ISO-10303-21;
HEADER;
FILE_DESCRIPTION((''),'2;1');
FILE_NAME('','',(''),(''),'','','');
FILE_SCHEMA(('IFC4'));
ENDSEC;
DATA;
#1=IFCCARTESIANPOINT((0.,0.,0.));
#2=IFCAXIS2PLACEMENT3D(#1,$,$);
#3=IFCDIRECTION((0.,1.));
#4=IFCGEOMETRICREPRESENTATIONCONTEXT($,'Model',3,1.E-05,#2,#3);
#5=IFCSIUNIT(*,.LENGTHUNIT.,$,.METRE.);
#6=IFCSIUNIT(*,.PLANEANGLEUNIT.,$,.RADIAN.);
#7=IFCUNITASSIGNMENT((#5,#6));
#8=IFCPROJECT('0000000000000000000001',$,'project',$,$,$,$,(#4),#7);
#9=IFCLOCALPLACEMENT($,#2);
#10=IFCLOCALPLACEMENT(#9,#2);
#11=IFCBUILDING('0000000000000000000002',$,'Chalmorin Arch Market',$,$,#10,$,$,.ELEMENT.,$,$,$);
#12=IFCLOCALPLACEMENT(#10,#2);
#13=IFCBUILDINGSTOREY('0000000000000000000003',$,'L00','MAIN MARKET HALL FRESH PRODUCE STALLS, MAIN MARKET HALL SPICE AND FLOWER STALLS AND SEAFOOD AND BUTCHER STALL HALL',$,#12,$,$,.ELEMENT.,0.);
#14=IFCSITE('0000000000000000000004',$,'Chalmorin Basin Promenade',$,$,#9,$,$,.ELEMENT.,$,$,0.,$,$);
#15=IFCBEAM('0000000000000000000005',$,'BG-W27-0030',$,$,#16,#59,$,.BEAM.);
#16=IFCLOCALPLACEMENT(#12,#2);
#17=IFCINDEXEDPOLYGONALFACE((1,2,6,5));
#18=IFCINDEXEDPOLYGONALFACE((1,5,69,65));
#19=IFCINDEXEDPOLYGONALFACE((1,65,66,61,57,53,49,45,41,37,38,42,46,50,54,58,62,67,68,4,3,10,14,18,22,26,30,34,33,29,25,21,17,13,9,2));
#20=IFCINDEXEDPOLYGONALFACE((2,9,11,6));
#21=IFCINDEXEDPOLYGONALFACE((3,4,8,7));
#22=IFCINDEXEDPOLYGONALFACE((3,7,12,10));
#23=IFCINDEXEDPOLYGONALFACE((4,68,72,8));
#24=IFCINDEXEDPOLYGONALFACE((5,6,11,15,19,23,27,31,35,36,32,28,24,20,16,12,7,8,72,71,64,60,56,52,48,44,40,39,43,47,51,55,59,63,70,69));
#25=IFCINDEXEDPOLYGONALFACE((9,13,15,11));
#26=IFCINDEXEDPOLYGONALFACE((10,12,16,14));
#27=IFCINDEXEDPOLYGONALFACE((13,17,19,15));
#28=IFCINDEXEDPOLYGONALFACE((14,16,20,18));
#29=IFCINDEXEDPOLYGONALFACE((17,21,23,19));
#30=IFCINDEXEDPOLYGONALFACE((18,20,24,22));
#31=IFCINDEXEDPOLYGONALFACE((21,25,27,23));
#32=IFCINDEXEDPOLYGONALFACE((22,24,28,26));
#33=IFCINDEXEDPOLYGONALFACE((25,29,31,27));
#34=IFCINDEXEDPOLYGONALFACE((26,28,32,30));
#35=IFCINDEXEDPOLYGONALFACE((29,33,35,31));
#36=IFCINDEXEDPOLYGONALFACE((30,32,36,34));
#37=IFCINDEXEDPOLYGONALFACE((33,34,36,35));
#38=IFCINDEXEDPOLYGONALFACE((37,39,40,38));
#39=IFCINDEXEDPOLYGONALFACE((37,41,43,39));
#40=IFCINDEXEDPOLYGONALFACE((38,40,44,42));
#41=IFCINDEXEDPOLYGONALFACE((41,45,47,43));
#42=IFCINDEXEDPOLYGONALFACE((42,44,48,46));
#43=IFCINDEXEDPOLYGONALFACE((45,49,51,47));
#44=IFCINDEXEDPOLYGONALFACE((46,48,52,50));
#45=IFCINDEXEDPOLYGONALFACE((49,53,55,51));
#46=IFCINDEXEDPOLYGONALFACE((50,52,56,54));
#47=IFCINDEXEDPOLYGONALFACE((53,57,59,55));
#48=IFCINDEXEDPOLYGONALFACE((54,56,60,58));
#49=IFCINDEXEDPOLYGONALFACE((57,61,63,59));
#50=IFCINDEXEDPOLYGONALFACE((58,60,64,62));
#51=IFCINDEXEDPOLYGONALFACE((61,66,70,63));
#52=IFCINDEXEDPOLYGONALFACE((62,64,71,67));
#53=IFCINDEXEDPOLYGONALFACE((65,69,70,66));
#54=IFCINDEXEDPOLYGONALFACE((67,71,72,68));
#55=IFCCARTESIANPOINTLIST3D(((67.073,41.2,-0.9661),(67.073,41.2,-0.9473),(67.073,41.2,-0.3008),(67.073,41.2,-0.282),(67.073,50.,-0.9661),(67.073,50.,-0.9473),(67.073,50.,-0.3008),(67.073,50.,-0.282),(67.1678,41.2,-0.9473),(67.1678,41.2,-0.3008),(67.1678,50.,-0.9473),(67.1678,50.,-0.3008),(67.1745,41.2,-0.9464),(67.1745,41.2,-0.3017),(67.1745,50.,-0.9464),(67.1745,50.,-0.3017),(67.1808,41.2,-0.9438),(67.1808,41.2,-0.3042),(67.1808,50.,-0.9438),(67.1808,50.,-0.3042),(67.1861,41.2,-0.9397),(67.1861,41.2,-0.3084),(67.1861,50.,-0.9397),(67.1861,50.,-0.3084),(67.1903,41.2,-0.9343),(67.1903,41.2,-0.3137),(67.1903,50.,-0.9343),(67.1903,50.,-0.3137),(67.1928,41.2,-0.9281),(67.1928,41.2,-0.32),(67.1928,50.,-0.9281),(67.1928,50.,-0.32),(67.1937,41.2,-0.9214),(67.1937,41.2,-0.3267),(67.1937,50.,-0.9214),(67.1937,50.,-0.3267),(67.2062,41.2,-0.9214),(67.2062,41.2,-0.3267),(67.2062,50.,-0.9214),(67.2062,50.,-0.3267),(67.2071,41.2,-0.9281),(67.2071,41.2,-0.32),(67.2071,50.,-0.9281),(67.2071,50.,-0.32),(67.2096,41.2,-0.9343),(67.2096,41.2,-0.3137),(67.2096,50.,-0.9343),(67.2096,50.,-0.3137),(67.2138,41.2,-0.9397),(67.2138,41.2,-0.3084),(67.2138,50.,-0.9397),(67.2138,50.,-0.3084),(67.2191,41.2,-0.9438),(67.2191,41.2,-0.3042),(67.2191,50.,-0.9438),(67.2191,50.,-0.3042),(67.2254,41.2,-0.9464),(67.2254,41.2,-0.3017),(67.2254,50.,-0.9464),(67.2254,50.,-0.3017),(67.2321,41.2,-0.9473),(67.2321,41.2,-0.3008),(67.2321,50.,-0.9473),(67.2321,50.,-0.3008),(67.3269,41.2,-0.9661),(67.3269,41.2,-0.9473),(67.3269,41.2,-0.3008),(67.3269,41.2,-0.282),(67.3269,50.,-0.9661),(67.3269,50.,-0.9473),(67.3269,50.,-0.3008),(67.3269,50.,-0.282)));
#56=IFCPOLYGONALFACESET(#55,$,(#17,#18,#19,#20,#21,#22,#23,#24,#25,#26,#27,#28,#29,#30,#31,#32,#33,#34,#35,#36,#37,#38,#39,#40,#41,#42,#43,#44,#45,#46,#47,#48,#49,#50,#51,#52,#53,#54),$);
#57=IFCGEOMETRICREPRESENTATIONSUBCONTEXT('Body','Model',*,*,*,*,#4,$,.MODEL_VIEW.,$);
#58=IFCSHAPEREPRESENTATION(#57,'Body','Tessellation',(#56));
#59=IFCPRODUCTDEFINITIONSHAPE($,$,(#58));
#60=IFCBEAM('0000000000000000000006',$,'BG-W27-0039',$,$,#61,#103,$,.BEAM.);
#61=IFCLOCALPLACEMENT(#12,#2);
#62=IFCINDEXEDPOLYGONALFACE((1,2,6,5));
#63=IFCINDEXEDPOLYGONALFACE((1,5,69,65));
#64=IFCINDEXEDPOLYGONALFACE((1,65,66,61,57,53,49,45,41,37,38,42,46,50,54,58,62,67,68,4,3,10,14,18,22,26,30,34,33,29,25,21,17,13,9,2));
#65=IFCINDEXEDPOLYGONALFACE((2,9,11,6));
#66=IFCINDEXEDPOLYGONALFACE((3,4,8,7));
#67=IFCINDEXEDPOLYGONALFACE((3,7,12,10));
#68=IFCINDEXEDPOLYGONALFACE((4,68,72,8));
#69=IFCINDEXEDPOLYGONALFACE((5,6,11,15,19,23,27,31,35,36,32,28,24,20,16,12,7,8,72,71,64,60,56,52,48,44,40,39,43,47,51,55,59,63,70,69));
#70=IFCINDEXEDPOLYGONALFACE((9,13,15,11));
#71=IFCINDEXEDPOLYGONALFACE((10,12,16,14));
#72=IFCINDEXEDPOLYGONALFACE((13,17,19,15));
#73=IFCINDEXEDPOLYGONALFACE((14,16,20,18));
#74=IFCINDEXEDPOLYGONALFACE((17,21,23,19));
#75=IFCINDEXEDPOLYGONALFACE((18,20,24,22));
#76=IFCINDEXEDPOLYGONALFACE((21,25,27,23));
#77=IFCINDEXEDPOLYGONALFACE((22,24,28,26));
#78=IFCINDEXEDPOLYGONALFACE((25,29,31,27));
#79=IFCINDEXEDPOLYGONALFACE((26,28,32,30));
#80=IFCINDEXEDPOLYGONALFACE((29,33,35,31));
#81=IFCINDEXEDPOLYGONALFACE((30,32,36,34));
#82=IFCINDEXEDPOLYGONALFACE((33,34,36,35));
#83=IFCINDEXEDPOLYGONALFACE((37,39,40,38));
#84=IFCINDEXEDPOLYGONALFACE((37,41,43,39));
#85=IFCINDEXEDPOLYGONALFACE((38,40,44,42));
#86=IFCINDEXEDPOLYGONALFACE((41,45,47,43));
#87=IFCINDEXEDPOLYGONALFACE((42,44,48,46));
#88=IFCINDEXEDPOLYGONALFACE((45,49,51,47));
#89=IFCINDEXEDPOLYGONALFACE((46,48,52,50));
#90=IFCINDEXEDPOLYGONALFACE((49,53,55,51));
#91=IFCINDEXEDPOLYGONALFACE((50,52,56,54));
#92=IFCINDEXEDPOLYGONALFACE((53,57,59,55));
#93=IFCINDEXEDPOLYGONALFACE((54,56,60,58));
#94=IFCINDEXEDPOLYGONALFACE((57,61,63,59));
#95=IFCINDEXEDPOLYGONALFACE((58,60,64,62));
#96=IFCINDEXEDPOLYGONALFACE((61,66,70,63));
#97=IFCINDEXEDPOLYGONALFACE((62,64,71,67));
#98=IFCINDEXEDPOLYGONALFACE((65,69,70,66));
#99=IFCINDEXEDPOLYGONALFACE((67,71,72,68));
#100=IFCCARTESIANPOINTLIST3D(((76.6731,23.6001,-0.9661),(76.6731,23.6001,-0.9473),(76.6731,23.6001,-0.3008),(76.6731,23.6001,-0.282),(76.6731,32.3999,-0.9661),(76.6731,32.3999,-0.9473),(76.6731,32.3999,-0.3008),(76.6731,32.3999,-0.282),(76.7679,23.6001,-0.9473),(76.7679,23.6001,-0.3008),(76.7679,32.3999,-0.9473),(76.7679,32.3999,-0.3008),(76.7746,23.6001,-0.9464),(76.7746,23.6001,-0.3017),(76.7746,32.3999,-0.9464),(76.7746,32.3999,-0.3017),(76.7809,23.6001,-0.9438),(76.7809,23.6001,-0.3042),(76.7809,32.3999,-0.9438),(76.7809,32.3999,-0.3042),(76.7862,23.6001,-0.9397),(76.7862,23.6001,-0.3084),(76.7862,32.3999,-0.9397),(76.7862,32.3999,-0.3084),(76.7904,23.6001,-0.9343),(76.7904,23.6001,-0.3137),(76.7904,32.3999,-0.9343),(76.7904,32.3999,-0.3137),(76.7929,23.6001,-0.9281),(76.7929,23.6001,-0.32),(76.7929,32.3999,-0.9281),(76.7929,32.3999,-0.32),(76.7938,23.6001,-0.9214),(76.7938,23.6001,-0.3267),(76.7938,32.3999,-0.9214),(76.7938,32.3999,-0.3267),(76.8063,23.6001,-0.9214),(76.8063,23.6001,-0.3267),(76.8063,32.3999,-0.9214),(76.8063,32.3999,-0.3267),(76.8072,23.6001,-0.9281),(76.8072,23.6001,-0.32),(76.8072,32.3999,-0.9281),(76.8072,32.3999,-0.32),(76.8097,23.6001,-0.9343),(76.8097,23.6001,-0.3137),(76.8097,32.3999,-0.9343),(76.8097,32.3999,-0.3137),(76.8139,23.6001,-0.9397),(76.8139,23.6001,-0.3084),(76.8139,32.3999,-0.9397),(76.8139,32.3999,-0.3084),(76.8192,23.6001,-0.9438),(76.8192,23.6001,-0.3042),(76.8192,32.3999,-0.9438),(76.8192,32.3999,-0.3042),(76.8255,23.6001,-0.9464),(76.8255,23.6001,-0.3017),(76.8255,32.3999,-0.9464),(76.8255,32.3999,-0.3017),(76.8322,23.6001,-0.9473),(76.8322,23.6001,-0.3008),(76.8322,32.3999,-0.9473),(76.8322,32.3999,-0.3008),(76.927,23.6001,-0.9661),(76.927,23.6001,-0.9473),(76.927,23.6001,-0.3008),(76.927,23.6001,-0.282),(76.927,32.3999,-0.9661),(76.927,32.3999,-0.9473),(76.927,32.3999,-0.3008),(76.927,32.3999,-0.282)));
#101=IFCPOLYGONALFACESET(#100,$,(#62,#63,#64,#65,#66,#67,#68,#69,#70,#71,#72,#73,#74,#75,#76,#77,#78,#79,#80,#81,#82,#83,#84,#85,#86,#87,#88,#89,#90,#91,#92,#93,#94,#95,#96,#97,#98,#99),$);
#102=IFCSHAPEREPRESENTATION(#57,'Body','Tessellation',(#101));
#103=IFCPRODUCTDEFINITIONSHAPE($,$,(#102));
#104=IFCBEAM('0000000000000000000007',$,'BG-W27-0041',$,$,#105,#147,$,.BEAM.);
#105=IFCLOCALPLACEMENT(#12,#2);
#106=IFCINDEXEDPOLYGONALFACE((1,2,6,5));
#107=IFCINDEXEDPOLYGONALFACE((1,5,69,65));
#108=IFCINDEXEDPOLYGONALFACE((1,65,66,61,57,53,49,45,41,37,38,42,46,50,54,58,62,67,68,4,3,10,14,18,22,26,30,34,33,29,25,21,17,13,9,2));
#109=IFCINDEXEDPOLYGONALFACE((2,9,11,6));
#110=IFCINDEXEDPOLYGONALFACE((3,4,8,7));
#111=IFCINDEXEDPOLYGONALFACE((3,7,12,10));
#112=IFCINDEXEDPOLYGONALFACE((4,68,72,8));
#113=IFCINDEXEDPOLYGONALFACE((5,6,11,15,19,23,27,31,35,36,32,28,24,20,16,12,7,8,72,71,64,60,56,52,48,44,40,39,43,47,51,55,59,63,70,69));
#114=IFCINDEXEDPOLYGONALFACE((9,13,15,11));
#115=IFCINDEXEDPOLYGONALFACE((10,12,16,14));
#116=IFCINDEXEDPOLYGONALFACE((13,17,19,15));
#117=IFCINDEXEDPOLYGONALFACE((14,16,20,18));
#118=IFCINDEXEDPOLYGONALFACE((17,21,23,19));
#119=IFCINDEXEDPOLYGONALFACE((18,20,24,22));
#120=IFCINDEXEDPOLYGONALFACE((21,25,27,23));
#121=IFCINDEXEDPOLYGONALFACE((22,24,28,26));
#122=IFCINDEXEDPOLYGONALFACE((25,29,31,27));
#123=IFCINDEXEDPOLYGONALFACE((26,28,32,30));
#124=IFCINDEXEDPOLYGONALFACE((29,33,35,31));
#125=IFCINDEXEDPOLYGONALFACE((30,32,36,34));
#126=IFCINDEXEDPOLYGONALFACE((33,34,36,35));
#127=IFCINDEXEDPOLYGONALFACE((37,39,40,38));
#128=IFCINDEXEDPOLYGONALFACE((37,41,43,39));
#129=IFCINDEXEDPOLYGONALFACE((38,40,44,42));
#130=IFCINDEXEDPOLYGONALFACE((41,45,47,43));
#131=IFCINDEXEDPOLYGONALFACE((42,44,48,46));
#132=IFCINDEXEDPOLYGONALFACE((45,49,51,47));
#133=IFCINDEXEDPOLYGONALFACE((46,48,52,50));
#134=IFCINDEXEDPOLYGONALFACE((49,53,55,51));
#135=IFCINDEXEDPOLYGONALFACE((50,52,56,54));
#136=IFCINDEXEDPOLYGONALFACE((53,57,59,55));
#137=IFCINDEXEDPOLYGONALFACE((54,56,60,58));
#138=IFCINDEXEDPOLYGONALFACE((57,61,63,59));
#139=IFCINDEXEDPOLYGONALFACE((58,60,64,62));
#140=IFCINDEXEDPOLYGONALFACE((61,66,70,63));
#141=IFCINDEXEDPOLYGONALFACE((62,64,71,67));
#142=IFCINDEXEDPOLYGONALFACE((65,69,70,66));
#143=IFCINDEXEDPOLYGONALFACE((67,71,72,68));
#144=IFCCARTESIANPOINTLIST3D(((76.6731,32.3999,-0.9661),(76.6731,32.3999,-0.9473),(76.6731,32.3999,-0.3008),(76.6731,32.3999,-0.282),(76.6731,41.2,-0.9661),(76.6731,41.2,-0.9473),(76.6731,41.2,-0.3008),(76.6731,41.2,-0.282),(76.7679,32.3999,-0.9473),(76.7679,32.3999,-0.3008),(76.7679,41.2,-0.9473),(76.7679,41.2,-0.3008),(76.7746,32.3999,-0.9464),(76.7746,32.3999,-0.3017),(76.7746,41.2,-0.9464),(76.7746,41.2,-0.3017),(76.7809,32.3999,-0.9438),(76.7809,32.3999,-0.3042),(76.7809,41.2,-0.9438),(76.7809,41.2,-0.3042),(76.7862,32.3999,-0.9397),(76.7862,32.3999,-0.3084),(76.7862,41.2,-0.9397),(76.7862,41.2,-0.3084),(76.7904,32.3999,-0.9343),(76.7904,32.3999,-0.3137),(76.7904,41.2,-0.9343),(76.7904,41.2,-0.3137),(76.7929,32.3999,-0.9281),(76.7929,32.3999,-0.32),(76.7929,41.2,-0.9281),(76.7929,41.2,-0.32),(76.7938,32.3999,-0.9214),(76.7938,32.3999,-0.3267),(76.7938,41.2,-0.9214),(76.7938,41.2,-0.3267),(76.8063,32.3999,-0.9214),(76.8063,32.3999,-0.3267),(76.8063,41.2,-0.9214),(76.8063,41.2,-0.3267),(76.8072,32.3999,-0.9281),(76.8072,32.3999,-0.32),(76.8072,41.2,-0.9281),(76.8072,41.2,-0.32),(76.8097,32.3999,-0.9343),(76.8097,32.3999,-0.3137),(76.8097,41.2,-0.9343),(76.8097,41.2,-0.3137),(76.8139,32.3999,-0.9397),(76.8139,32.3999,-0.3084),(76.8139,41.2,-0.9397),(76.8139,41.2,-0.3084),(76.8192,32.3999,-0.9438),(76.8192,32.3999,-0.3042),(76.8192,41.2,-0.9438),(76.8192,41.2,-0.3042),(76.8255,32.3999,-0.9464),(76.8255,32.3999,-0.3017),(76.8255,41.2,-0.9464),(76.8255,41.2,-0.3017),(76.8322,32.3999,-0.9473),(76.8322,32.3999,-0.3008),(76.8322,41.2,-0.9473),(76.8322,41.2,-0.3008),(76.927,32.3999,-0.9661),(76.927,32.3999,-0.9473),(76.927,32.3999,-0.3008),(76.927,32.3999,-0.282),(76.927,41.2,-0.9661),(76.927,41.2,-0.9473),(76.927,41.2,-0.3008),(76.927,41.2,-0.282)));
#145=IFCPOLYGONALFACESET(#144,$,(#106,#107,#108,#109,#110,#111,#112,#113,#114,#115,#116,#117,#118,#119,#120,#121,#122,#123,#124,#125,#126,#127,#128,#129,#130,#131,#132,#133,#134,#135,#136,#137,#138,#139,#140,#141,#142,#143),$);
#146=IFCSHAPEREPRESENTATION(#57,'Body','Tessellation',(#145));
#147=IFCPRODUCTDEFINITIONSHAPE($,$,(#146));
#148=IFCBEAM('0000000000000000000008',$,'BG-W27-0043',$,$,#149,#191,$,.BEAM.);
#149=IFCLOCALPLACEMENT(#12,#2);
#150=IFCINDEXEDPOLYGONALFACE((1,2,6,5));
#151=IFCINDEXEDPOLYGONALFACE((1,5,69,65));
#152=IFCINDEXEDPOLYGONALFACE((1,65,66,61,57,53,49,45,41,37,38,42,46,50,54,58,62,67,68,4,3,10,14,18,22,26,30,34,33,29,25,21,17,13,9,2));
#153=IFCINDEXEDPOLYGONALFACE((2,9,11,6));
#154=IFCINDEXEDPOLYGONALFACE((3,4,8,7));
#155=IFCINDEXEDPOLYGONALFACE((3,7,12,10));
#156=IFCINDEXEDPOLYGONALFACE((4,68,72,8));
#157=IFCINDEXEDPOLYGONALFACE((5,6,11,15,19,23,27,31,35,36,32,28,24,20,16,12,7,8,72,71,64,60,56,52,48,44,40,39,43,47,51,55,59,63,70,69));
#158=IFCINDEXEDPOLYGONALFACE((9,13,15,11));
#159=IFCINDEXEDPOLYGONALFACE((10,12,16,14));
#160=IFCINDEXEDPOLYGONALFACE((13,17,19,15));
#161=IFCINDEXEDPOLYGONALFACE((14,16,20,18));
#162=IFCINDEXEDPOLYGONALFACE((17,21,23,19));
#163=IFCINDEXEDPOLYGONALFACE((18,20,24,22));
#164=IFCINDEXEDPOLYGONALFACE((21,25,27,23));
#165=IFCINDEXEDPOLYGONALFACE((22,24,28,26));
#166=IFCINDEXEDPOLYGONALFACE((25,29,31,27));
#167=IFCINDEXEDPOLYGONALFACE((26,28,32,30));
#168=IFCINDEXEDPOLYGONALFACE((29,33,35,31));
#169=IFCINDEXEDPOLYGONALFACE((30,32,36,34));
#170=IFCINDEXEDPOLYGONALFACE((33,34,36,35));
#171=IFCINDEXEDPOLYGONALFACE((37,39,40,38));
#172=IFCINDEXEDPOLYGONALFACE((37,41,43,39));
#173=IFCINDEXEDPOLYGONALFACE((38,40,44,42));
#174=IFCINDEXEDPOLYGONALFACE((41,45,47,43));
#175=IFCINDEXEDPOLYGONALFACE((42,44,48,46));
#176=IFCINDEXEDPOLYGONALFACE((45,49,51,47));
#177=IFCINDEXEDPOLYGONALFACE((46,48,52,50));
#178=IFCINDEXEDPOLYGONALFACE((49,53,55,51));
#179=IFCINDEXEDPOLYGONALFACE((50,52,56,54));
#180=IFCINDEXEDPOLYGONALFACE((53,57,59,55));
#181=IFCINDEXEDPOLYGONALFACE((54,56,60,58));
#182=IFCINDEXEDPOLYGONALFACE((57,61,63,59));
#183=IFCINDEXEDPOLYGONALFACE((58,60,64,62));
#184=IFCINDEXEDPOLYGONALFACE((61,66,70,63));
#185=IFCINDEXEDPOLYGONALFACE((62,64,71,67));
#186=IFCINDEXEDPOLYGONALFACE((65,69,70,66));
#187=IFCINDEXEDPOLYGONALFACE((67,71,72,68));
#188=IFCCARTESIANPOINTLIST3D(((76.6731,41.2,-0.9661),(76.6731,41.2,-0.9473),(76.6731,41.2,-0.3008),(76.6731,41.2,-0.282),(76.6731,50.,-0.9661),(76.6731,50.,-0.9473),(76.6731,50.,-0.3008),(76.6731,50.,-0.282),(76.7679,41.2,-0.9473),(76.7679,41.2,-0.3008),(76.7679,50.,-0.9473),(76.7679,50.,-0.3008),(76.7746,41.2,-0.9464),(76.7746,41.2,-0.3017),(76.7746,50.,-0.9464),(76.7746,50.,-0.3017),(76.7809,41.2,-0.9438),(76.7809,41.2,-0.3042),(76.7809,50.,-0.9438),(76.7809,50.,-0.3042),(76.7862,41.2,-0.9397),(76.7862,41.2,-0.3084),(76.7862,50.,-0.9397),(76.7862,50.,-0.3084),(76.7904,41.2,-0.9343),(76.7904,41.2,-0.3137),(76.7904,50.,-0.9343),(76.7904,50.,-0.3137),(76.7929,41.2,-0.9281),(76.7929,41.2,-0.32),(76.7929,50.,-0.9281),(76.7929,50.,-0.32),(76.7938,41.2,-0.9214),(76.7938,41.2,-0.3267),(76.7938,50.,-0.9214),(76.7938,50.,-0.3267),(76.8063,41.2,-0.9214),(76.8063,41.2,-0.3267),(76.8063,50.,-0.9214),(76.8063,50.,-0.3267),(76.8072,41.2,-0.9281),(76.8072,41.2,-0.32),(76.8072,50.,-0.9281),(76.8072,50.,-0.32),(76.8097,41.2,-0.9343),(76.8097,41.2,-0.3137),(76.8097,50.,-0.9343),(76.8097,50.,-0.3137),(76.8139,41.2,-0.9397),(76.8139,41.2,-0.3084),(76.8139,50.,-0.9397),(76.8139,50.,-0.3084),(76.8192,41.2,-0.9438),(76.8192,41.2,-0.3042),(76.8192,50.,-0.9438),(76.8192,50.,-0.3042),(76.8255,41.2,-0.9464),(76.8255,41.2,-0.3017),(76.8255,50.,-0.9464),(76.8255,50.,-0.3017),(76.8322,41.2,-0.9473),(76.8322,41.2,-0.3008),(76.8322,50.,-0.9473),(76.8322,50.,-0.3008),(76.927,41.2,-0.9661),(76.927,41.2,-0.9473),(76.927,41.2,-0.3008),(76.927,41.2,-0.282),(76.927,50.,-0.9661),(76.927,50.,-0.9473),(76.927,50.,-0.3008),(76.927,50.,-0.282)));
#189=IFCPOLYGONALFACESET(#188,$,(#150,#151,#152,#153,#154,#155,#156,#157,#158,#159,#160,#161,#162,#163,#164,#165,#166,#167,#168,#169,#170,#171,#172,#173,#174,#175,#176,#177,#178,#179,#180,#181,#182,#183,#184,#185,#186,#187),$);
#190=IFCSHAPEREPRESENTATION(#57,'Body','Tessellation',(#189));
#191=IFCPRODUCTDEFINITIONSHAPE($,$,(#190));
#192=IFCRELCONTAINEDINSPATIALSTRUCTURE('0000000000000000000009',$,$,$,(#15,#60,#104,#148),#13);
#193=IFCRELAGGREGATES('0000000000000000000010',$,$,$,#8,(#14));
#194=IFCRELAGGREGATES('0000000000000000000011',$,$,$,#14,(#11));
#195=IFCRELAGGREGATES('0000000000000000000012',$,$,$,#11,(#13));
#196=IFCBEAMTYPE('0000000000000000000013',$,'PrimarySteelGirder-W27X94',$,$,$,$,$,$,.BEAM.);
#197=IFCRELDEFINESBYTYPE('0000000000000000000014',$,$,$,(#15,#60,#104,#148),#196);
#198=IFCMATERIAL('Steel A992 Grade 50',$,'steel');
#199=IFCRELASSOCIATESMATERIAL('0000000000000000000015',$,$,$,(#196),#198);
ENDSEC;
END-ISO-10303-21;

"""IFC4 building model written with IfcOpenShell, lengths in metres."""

from ifc_helpers import new_model, si_unit, direction, frame, origin, origin_2d, place, context, subcontext, project, spatial, i_section, extrude, material, material_profile, profile_set, type_object, element, save


model = new_model("IFC4")

# Units and contexts
model_context = context("Model", 3, precision=1e-05, world=origin(), true_north=direction((0.0, 1.0)))
body_context = subcontext(model_context, "Body", "Model", "MODEL_VIEW")
ifc_project = project(units=[si_unit("LENGTHUNIT", "METRE"), si_unit("PLANEANGLEUNIT", "RADIAN")], contexts=[model_context])

# Site, building, storey
site_placement = place(None, origin())
site = spatial("IfcSite", under=ifc_project, at=site_placement, Name="Chalmorin Basin Promenade", CompositionType="ELEMENT", RefElevation=0.0)
building_placement = place(site_placement, origin())
building = spatial("IfcBuilding", under=site, at=building_placement, Name="Chalmorin Arch Market", CompositionType="ELEMENT")
storey_placement = place(building_placement, origin())
storey = spatial("IfcBuildingStorey", under=building, at=storey_placement, Name="L00", Description="MAIN MARKET HALL FRESH PRODUCE STALLS, MAIN MARKET HALL SPICE AND FLOWER STALLS AND SEAFOOD AND BUTCHER STALL HALL", CompositionType="ELEMENT", Elevation=0.0)

# Beams
ifc_material_1 = material(Name="Steel A992 Grade 50", Category="steel")
ifc_material_profile_1 = material_profile(ifc_material_1, i_section(OverallWidth=0.2539, OverallDepth=0.6841, WebThickness=0.0125, FlangeThickness=0.0188, FilletRadius=0.0259, at=origin_2d()), Name="W27X94")
ifc_profile_set_1 = profile_set([ifc_material_profile_1], Name="Steel A992 Grade 50")
beam_type_1 = type_object("IfcBeamType", Name="PrimarySteelGirder-W27X94", PredefinedType="BEAM", material=ifc_profile_set_1)
for number, where, z_axis, x_axis, name in (
    (1, (67.2, 41.2, -0.624), (0.0, 1.0, 0.0), (-1.0, 0.0, 0.0), "BG-W27-0030"),
):
    element("IfcBeam", number, at=place(storey_placement, frame(where, z_axis=z_axis, x_axis=x_axis)), inside=storey, type_object=beam_type_1, Name=name, PredefinedType="BEAM", context=body_context, shape_type="SweptSolid", body=[
        extrude(i_section(OverallWidth=0.2539, OverallDepth=0.6841, WebThickness=0.0125, FlangeThickness=0.0188, FilletRadius=0.0259, at=origin_2d()), origin(), (0.0, 0.0, 1.0), 8.8),
    ])
beam_1_placement = place(storey_placement, frame((76.8, 23.6001, -0.624), z_axis=(0.0, 1.0, 0.0), x_axis=(-1.0, 0.0, 0.0)))
element("IfcBeam", 2, at=beam_1_placement, inside=storey, type_object=beam_type_1, Name="BG-W27-0039", PredefinedType="BEAM", context=body_context, shape_type="SweptSolid", body=[
    extrude(i_section(OverallWidth=0.2539, OverallDepth=0.6841, WebThickness=0.0125, FlangeThickness=0.0188, FilletRadius=0.0259, at=origin_2d()), origin(), (0.0, 0.0, 1.0), 8.7998),
])
for number, where, z_axis, x_axis, name in (
    (3, (76.8, 32.3999, -0.624), (0.0, 1.0, 0.0), (-1.0, 0.0, 0.0), "BG-W27-0041"),
    (4, (76.8, 41.2, -0.624), (0.0, 1.0, 0.0), (-1.0, 0.0, 0.0), "BG-W27-0043"),
):
    element("IfcBeam", number, at=place(storey_placement, frame(where, z_axis=z_axis, x_axis=x_axis)), inside=storey, type_object=beam_type_1, Name=name, PredefinedType="BEAM", context=body_context, shape_type="SweptSolid", body=[
        extrude(i_section(OverallWidth=0.2539, OverallDepth=0.6841, WebThickness=0.0125, FlangeThickness=0.0188, FilletRadius=0.0259, at=origin_2d()), origin(), (0.0, 0.0, 1.0), 8.8),
    ])

save(model, "model.ifc")
